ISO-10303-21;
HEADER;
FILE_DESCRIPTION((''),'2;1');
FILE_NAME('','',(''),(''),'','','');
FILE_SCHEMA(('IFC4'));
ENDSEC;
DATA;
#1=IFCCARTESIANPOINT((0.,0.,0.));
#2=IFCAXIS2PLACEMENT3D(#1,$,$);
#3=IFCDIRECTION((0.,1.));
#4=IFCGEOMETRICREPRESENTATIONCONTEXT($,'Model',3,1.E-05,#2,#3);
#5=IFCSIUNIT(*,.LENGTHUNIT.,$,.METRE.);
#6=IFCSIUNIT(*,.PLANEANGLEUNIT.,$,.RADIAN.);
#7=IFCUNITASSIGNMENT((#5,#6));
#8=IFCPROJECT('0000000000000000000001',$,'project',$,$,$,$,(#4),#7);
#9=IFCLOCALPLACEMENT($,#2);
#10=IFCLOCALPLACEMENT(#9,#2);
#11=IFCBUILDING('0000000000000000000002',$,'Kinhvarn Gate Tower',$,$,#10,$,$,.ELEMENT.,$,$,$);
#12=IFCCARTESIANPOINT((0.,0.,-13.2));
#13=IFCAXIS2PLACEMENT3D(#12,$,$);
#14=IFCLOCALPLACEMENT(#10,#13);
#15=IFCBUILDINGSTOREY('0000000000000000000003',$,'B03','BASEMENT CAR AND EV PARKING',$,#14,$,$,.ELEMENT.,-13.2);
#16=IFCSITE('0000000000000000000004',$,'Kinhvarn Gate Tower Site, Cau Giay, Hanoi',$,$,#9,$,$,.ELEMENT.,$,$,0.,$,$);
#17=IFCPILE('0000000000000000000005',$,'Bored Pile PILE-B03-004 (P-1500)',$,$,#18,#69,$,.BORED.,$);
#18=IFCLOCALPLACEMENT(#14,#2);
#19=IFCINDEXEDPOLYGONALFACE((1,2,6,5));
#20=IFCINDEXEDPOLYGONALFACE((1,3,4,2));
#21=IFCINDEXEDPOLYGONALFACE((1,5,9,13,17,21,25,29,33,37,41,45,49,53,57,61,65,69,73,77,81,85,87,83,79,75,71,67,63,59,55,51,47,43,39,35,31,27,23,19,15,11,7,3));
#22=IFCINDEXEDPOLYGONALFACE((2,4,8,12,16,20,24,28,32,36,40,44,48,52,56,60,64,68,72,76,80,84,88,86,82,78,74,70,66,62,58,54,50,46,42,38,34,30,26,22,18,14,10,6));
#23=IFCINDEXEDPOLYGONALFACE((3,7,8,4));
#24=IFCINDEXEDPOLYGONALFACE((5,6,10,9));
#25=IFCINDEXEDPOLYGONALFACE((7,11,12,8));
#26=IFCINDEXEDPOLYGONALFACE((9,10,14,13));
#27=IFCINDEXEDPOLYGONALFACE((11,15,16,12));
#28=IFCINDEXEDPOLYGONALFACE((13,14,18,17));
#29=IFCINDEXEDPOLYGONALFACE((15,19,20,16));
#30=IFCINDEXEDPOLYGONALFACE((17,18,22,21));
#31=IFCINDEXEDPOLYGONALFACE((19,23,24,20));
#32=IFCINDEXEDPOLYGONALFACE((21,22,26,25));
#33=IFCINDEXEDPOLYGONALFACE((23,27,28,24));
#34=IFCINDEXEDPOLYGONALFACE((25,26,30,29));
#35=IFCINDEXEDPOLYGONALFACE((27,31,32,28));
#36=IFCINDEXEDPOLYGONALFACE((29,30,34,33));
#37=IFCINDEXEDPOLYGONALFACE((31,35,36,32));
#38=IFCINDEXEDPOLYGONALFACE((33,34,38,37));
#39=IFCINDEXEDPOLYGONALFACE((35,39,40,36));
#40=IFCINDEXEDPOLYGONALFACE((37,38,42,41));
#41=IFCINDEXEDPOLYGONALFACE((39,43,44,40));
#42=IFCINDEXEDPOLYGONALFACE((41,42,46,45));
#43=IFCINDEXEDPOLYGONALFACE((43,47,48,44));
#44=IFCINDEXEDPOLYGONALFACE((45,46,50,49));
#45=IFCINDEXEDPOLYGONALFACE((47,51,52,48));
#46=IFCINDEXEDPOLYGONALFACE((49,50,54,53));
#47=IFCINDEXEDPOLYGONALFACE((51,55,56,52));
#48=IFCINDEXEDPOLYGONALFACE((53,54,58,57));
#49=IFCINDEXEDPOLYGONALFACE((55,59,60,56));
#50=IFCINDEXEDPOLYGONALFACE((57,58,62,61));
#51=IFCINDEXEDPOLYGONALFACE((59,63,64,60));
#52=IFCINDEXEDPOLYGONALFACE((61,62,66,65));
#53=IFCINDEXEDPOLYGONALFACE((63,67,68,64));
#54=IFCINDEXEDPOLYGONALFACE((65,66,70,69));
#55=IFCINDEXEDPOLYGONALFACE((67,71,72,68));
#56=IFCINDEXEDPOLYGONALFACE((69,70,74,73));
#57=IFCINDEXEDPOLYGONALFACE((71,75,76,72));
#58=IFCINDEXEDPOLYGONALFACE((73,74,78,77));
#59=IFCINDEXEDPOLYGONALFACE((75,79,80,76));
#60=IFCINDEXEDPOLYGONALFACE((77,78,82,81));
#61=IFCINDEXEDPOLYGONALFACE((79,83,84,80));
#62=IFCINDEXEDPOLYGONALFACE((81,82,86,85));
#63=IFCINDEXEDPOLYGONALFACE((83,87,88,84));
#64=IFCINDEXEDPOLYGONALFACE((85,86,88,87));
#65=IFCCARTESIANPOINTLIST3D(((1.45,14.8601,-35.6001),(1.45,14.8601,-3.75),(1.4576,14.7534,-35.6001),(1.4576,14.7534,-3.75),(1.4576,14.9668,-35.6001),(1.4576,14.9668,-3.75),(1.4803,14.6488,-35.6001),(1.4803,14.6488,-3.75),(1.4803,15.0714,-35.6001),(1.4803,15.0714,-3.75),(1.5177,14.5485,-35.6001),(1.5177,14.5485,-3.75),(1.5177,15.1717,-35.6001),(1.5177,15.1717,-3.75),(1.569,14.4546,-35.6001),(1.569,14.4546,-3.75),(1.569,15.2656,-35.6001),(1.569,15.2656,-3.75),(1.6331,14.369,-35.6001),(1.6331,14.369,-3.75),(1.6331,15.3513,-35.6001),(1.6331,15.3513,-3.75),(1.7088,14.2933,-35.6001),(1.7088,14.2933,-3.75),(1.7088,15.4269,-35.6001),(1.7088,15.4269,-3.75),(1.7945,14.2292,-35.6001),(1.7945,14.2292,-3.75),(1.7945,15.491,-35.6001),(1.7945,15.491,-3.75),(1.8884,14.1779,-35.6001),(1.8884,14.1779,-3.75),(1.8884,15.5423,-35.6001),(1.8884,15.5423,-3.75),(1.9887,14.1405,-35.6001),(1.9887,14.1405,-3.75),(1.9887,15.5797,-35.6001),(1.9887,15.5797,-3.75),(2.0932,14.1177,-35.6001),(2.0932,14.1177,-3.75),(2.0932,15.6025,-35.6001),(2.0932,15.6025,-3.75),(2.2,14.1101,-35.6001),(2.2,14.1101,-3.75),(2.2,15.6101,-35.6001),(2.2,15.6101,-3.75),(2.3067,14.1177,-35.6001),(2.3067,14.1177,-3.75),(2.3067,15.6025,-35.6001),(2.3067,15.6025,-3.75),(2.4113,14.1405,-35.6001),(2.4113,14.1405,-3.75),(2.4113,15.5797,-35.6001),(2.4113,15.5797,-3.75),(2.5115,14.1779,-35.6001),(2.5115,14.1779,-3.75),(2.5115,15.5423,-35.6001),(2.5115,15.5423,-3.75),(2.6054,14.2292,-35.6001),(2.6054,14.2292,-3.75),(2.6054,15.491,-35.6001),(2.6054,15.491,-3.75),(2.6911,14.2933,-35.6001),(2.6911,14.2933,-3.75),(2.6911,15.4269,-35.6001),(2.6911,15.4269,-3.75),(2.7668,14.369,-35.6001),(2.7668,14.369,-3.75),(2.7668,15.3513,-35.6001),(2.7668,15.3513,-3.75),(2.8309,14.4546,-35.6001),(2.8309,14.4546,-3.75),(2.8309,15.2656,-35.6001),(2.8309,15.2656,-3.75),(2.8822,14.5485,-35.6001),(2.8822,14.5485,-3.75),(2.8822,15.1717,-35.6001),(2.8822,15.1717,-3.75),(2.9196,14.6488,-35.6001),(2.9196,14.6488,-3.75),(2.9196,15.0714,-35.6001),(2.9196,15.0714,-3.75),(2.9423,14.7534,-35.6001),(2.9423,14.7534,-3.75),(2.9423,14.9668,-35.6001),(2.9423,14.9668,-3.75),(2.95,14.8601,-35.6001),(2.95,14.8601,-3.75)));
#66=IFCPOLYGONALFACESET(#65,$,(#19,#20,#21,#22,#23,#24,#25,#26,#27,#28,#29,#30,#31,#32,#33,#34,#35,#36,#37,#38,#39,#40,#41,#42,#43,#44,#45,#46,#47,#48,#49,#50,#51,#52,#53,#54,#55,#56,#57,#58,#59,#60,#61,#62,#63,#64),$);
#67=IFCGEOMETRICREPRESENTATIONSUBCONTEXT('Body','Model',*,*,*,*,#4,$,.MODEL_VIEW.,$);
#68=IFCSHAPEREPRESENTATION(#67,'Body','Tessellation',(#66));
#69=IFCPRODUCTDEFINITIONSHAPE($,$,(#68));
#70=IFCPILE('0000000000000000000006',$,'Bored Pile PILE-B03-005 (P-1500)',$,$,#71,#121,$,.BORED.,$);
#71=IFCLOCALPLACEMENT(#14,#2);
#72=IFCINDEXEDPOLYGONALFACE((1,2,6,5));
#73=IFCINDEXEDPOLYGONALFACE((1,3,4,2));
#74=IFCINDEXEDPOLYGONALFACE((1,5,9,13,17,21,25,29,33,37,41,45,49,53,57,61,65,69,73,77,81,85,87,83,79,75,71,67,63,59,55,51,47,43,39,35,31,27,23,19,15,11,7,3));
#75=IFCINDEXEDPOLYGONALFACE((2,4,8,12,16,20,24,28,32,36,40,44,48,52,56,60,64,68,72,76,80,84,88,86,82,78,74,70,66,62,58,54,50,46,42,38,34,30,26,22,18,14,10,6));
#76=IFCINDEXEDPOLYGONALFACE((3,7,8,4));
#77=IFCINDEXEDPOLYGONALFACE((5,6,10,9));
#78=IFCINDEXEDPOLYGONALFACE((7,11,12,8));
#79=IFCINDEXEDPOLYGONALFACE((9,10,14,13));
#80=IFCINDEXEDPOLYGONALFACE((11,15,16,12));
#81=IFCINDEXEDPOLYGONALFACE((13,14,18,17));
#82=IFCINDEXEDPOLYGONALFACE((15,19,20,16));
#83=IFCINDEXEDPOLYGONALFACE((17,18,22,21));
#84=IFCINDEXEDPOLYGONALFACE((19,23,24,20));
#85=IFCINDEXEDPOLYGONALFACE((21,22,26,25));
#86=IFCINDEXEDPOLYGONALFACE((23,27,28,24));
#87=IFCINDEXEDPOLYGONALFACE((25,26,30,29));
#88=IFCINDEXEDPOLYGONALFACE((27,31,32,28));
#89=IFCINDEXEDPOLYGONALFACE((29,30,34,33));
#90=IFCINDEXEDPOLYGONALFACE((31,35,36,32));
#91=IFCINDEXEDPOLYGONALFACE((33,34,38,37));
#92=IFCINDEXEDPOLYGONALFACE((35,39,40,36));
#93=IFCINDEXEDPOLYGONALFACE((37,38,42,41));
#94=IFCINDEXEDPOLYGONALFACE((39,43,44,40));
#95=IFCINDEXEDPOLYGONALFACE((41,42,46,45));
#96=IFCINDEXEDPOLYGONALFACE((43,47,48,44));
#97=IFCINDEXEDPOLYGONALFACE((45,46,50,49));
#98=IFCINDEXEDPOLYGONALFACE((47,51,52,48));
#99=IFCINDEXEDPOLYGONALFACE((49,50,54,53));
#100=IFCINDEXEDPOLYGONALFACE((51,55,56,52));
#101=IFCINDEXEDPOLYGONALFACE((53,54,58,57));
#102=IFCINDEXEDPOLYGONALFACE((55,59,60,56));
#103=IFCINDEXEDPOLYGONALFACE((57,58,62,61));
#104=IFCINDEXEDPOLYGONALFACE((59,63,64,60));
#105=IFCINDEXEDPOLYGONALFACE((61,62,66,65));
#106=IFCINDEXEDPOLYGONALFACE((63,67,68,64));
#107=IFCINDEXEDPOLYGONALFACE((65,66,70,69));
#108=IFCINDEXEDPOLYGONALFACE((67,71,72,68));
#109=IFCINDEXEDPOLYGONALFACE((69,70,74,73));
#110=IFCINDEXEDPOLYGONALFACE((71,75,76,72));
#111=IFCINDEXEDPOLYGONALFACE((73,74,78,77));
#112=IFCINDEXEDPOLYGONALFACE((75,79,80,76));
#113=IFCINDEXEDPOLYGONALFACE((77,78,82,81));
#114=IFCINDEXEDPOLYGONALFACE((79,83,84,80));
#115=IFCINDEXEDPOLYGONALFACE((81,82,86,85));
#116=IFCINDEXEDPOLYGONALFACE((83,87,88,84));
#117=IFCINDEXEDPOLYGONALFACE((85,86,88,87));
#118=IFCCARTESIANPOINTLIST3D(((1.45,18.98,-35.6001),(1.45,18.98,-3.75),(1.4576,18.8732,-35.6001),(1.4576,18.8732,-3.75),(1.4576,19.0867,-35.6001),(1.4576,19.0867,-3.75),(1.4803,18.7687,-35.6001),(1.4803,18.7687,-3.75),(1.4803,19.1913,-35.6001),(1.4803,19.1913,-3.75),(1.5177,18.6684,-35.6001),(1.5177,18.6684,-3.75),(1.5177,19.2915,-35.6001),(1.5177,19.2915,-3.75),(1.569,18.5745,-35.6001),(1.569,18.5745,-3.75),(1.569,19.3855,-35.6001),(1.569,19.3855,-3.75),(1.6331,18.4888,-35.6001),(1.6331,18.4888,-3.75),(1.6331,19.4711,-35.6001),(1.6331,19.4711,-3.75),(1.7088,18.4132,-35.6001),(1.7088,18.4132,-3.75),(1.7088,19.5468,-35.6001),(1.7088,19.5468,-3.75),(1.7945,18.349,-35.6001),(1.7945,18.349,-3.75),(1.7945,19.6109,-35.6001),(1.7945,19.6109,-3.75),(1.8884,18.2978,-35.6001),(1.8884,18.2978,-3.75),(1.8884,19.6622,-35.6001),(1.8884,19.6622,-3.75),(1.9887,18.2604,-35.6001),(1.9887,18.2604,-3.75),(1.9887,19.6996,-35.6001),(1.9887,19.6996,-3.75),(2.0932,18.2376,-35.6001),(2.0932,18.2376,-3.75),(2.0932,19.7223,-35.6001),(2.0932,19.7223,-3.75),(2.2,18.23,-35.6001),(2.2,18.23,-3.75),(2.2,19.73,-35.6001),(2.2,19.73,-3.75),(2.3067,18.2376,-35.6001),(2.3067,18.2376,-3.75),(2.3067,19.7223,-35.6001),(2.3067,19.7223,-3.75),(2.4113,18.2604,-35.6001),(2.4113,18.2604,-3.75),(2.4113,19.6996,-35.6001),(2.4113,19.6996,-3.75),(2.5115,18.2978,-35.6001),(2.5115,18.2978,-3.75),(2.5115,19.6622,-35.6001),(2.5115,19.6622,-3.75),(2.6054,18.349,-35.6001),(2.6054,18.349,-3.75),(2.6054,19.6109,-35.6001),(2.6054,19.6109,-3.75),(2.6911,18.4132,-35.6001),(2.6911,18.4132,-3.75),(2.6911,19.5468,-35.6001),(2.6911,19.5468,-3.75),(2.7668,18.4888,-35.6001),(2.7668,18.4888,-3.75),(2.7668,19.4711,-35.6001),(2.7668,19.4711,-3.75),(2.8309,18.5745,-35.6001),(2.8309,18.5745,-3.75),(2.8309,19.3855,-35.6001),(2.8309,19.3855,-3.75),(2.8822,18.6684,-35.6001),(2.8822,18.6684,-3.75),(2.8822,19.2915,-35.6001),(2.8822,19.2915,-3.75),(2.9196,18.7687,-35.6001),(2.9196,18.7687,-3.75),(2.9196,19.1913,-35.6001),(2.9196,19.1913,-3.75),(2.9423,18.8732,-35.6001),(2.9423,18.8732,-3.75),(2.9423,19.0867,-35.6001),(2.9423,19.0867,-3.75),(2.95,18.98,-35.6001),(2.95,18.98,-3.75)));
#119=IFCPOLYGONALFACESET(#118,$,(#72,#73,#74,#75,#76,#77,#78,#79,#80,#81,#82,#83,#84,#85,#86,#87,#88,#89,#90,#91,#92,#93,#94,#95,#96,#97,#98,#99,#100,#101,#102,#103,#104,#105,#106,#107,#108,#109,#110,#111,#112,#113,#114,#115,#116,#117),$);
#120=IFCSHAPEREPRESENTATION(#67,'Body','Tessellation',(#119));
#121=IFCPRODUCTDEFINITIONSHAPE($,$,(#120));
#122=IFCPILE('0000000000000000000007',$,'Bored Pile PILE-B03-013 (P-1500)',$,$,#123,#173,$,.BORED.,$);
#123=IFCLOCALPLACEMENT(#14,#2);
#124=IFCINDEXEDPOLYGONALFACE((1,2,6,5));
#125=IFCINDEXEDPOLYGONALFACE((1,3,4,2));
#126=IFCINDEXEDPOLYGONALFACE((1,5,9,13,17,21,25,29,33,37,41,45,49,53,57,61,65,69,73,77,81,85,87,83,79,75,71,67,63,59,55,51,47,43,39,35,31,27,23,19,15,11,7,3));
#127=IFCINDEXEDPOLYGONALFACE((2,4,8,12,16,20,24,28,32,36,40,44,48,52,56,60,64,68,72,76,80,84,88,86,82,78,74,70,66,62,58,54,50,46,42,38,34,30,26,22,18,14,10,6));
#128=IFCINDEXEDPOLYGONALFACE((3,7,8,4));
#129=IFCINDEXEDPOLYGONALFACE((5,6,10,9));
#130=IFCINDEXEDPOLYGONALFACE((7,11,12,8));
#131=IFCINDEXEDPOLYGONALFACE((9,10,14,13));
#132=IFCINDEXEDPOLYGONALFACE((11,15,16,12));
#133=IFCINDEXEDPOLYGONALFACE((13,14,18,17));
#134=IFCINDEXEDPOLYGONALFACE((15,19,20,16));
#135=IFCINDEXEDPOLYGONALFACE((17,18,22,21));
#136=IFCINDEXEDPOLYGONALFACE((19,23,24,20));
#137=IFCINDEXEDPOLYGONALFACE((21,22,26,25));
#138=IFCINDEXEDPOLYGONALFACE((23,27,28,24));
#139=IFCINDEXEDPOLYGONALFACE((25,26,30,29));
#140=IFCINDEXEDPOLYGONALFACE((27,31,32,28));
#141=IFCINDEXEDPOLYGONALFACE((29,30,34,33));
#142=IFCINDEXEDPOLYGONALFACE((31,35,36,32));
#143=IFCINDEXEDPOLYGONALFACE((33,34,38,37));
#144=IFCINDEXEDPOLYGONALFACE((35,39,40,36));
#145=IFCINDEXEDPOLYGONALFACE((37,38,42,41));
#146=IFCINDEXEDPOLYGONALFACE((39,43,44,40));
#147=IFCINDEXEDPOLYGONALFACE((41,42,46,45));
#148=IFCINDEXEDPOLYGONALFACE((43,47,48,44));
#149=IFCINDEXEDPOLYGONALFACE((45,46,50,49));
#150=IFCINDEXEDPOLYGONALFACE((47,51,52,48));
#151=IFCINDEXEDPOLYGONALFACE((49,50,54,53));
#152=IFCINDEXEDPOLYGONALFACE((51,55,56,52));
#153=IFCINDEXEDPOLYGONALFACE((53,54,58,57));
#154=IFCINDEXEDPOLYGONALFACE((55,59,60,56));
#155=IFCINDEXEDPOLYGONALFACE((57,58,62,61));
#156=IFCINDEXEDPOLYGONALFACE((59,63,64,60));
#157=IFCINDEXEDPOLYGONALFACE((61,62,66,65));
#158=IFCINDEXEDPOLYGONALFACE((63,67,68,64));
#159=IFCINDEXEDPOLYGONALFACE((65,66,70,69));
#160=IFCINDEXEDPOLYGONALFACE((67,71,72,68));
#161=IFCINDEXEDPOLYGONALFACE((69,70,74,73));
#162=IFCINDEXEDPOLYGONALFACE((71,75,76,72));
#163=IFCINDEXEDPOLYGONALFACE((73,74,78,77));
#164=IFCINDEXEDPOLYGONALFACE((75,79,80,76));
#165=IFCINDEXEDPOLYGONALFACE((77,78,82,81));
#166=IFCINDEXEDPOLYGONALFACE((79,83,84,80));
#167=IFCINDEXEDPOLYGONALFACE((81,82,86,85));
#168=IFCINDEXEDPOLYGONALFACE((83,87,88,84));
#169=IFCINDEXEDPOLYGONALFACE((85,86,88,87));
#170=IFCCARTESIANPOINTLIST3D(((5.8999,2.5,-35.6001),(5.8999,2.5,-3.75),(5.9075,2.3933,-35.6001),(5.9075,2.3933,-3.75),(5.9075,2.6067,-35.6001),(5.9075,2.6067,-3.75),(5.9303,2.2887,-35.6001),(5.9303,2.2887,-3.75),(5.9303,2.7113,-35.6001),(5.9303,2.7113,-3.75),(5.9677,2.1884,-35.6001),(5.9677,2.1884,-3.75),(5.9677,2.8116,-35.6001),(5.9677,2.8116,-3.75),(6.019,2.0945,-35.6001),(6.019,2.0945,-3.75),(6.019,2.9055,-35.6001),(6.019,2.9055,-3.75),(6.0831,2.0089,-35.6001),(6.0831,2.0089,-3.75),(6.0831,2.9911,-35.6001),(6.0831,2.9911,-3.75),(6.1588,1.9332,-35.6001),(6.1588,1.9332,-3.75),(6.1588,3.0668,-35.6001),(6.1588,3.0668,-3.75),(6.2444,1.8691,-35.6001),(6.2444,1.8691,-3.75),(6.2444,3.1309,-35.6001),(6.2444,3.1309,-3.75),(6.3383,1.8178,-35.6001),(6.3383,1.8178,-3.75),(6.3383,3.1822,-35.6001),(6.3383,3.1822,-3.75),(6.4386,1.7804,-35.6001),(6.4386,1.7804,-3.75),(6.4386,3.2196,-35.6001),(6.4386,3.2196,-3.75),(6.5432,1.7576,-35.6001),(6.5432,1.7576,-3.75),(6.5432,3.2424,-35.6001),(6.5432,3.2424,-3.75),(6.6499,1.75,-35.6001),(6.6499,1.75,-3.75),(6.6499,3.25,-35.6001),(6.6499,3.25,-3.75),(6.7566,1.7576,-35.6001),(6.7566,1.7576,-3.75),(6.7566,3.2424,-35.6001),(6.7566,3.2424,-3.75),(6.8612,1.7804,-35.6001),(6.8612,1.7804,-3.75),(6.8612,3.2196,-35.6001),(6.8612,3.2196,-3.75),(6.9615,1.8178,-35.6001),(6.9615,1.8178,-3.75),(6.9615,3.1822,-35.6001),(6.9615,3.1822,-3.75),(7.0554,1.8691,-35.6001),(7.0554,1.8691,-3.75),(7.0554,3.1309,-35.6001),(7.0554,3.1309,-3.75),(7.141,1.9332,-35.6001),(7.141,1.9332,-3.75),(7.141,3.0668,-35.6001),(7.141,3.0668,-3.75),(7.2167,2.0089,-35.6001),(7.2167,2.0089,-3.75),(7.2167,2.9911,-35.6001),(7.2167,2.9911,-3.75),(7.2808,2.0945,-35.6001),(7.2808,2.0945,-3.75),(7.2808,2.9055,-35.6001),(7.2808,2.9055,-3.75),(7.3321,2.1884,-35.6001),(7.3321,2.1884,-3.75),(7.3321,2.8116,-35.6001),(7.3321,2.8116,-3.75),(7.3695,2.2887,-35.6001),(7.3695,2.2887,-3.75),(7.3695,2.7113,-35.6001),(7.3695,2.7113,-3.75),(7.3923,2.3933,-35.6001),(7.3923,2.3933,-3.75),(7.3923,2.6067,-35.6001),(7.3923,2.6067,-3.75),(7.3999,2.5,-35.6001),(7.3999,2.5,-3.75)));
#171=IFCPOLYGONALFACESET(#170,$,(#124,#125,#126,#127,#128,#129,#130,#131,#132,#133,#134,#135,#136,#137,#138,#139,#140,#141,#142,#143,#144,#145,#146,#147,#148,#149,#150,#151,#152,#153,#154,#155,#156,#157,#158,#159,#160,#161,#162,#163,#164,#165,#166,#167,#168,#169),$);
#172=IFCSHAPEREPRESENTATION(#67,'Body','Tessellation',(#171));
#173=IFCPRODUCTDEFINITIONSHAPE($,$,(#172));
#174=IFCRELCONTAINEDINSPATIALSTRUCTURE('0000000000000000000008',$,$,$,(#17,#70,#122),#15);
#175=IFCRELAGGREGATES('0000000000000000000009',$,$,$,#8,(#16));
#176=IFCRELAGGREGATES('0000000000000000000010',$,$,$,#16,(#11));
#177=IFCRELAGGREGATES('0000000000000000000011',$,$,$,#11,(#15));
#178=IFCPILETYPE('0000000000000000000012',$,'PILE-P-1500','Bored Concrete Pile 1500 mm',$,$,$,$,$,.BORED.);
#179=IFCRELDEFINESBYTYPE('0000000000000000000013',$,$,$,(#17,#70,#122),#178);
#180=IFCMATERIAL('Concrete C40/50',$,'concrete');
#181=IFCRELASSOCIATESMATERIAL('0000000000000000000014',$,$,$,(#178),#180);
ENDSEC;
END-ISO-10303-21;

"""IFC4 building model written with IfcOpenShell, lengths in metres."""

from ifc_helpers import new_model, si_unit, direction, frame, origin, origin_2d, place, context, subcontext, project, spatial, circle, extrude, material, material_profile, profile_set, type_object, element, save


model = new_model("IFC4")

# Units and contexts
model_context = context("Model", 3, precision=1e-05, world=origin(), true_north=direction((0.0, 1.0)))
body_context = subcontext(model_context, "Body", "Model", "MODEL_VIEW")
ifc_project = project(units=[si_unit("LENGTHUNIT", "METRE"), si_unit("PLANEANGLEUNIT", "RADIAN")], contexts=[model_context])

# Site, building, storey
site_placement = place(None, origin())
site = spatial("IfcSite", under=ifc_project, at=site_placement, Name="Kinhvarn Gate Tower Site, Cau Giay, Hanoi", CompositionType="ELEMENT", RefElevation=0.0)
building_placement = place(site_placement, origin())
building = spatial("IfcBuilding", under=site, at=building_placement, Name="Kinhvarn Gate Tower", CompositionType="ELEMENT")
storey_placement = place(building_placement, frame((0.0, 0.0, -13.2)))
storey = spatial("IfcBuildingStorey", under=building, at=storey_placement, Name="B03", Description="BASEMENT CAR AND EV PARKING", CompositionType="ELEMENT", Elevation=-13.2)

# Piles
ifc_material = material(Name="Concrete C40/50", Category="concrete")
ifc_material_profile_1 = material_profile(ifc_material, circle(Radius=0.75, at=origin_2d()), Name="PILE D1500")
ifc_profile_set_1 = profile_set([ifc_material_profile_1], Name="Concrete C40/50")
pile_type_1 = type_object("IfcPileType", Name="PILE-P-1500", Description="Bored Concrete Pile 1500 mm", PredefinedType="BORED", material=ifc_profile_set_1)
for number, where, z_axis, x_axis, name in (
    (1, (2.2, 14.8601, -35.6001), (0.0, 0.0, 1.0), (1.0, 0.0, 0.0), "Bored Pile PILE-B03-004 (P-1500)"),
    (2, (2.2, 18.98, -35.6001), (0.0, 0.0, 1.0), (1.0, 0.0, 0.0), "Bored Pile PILE-B03-005 (P-1500)"),
    (3, (6.6499, 2.5, -35.6001), (0.0, 0.0, 1.0), (1.0, 0.0, 0.0), "Bored Pile PILE-B03-013 (P-1500)"),
):
    element("IfcPile", number, at=place(storey_placement, frame(where, z_axis=z_axis, x_axis=x_axis)), inside=storey, type_object=pile_type_1, Name=name, PredefinedType="BORED", context=body_context, shape_type="SweptSolid", body=[
        extrude(circle(Radius=0.75, at=origin_2d()), origin(), (0.0, 0.0, 1.0), 31.8501),
    ])

save(model, "model.ifc")
